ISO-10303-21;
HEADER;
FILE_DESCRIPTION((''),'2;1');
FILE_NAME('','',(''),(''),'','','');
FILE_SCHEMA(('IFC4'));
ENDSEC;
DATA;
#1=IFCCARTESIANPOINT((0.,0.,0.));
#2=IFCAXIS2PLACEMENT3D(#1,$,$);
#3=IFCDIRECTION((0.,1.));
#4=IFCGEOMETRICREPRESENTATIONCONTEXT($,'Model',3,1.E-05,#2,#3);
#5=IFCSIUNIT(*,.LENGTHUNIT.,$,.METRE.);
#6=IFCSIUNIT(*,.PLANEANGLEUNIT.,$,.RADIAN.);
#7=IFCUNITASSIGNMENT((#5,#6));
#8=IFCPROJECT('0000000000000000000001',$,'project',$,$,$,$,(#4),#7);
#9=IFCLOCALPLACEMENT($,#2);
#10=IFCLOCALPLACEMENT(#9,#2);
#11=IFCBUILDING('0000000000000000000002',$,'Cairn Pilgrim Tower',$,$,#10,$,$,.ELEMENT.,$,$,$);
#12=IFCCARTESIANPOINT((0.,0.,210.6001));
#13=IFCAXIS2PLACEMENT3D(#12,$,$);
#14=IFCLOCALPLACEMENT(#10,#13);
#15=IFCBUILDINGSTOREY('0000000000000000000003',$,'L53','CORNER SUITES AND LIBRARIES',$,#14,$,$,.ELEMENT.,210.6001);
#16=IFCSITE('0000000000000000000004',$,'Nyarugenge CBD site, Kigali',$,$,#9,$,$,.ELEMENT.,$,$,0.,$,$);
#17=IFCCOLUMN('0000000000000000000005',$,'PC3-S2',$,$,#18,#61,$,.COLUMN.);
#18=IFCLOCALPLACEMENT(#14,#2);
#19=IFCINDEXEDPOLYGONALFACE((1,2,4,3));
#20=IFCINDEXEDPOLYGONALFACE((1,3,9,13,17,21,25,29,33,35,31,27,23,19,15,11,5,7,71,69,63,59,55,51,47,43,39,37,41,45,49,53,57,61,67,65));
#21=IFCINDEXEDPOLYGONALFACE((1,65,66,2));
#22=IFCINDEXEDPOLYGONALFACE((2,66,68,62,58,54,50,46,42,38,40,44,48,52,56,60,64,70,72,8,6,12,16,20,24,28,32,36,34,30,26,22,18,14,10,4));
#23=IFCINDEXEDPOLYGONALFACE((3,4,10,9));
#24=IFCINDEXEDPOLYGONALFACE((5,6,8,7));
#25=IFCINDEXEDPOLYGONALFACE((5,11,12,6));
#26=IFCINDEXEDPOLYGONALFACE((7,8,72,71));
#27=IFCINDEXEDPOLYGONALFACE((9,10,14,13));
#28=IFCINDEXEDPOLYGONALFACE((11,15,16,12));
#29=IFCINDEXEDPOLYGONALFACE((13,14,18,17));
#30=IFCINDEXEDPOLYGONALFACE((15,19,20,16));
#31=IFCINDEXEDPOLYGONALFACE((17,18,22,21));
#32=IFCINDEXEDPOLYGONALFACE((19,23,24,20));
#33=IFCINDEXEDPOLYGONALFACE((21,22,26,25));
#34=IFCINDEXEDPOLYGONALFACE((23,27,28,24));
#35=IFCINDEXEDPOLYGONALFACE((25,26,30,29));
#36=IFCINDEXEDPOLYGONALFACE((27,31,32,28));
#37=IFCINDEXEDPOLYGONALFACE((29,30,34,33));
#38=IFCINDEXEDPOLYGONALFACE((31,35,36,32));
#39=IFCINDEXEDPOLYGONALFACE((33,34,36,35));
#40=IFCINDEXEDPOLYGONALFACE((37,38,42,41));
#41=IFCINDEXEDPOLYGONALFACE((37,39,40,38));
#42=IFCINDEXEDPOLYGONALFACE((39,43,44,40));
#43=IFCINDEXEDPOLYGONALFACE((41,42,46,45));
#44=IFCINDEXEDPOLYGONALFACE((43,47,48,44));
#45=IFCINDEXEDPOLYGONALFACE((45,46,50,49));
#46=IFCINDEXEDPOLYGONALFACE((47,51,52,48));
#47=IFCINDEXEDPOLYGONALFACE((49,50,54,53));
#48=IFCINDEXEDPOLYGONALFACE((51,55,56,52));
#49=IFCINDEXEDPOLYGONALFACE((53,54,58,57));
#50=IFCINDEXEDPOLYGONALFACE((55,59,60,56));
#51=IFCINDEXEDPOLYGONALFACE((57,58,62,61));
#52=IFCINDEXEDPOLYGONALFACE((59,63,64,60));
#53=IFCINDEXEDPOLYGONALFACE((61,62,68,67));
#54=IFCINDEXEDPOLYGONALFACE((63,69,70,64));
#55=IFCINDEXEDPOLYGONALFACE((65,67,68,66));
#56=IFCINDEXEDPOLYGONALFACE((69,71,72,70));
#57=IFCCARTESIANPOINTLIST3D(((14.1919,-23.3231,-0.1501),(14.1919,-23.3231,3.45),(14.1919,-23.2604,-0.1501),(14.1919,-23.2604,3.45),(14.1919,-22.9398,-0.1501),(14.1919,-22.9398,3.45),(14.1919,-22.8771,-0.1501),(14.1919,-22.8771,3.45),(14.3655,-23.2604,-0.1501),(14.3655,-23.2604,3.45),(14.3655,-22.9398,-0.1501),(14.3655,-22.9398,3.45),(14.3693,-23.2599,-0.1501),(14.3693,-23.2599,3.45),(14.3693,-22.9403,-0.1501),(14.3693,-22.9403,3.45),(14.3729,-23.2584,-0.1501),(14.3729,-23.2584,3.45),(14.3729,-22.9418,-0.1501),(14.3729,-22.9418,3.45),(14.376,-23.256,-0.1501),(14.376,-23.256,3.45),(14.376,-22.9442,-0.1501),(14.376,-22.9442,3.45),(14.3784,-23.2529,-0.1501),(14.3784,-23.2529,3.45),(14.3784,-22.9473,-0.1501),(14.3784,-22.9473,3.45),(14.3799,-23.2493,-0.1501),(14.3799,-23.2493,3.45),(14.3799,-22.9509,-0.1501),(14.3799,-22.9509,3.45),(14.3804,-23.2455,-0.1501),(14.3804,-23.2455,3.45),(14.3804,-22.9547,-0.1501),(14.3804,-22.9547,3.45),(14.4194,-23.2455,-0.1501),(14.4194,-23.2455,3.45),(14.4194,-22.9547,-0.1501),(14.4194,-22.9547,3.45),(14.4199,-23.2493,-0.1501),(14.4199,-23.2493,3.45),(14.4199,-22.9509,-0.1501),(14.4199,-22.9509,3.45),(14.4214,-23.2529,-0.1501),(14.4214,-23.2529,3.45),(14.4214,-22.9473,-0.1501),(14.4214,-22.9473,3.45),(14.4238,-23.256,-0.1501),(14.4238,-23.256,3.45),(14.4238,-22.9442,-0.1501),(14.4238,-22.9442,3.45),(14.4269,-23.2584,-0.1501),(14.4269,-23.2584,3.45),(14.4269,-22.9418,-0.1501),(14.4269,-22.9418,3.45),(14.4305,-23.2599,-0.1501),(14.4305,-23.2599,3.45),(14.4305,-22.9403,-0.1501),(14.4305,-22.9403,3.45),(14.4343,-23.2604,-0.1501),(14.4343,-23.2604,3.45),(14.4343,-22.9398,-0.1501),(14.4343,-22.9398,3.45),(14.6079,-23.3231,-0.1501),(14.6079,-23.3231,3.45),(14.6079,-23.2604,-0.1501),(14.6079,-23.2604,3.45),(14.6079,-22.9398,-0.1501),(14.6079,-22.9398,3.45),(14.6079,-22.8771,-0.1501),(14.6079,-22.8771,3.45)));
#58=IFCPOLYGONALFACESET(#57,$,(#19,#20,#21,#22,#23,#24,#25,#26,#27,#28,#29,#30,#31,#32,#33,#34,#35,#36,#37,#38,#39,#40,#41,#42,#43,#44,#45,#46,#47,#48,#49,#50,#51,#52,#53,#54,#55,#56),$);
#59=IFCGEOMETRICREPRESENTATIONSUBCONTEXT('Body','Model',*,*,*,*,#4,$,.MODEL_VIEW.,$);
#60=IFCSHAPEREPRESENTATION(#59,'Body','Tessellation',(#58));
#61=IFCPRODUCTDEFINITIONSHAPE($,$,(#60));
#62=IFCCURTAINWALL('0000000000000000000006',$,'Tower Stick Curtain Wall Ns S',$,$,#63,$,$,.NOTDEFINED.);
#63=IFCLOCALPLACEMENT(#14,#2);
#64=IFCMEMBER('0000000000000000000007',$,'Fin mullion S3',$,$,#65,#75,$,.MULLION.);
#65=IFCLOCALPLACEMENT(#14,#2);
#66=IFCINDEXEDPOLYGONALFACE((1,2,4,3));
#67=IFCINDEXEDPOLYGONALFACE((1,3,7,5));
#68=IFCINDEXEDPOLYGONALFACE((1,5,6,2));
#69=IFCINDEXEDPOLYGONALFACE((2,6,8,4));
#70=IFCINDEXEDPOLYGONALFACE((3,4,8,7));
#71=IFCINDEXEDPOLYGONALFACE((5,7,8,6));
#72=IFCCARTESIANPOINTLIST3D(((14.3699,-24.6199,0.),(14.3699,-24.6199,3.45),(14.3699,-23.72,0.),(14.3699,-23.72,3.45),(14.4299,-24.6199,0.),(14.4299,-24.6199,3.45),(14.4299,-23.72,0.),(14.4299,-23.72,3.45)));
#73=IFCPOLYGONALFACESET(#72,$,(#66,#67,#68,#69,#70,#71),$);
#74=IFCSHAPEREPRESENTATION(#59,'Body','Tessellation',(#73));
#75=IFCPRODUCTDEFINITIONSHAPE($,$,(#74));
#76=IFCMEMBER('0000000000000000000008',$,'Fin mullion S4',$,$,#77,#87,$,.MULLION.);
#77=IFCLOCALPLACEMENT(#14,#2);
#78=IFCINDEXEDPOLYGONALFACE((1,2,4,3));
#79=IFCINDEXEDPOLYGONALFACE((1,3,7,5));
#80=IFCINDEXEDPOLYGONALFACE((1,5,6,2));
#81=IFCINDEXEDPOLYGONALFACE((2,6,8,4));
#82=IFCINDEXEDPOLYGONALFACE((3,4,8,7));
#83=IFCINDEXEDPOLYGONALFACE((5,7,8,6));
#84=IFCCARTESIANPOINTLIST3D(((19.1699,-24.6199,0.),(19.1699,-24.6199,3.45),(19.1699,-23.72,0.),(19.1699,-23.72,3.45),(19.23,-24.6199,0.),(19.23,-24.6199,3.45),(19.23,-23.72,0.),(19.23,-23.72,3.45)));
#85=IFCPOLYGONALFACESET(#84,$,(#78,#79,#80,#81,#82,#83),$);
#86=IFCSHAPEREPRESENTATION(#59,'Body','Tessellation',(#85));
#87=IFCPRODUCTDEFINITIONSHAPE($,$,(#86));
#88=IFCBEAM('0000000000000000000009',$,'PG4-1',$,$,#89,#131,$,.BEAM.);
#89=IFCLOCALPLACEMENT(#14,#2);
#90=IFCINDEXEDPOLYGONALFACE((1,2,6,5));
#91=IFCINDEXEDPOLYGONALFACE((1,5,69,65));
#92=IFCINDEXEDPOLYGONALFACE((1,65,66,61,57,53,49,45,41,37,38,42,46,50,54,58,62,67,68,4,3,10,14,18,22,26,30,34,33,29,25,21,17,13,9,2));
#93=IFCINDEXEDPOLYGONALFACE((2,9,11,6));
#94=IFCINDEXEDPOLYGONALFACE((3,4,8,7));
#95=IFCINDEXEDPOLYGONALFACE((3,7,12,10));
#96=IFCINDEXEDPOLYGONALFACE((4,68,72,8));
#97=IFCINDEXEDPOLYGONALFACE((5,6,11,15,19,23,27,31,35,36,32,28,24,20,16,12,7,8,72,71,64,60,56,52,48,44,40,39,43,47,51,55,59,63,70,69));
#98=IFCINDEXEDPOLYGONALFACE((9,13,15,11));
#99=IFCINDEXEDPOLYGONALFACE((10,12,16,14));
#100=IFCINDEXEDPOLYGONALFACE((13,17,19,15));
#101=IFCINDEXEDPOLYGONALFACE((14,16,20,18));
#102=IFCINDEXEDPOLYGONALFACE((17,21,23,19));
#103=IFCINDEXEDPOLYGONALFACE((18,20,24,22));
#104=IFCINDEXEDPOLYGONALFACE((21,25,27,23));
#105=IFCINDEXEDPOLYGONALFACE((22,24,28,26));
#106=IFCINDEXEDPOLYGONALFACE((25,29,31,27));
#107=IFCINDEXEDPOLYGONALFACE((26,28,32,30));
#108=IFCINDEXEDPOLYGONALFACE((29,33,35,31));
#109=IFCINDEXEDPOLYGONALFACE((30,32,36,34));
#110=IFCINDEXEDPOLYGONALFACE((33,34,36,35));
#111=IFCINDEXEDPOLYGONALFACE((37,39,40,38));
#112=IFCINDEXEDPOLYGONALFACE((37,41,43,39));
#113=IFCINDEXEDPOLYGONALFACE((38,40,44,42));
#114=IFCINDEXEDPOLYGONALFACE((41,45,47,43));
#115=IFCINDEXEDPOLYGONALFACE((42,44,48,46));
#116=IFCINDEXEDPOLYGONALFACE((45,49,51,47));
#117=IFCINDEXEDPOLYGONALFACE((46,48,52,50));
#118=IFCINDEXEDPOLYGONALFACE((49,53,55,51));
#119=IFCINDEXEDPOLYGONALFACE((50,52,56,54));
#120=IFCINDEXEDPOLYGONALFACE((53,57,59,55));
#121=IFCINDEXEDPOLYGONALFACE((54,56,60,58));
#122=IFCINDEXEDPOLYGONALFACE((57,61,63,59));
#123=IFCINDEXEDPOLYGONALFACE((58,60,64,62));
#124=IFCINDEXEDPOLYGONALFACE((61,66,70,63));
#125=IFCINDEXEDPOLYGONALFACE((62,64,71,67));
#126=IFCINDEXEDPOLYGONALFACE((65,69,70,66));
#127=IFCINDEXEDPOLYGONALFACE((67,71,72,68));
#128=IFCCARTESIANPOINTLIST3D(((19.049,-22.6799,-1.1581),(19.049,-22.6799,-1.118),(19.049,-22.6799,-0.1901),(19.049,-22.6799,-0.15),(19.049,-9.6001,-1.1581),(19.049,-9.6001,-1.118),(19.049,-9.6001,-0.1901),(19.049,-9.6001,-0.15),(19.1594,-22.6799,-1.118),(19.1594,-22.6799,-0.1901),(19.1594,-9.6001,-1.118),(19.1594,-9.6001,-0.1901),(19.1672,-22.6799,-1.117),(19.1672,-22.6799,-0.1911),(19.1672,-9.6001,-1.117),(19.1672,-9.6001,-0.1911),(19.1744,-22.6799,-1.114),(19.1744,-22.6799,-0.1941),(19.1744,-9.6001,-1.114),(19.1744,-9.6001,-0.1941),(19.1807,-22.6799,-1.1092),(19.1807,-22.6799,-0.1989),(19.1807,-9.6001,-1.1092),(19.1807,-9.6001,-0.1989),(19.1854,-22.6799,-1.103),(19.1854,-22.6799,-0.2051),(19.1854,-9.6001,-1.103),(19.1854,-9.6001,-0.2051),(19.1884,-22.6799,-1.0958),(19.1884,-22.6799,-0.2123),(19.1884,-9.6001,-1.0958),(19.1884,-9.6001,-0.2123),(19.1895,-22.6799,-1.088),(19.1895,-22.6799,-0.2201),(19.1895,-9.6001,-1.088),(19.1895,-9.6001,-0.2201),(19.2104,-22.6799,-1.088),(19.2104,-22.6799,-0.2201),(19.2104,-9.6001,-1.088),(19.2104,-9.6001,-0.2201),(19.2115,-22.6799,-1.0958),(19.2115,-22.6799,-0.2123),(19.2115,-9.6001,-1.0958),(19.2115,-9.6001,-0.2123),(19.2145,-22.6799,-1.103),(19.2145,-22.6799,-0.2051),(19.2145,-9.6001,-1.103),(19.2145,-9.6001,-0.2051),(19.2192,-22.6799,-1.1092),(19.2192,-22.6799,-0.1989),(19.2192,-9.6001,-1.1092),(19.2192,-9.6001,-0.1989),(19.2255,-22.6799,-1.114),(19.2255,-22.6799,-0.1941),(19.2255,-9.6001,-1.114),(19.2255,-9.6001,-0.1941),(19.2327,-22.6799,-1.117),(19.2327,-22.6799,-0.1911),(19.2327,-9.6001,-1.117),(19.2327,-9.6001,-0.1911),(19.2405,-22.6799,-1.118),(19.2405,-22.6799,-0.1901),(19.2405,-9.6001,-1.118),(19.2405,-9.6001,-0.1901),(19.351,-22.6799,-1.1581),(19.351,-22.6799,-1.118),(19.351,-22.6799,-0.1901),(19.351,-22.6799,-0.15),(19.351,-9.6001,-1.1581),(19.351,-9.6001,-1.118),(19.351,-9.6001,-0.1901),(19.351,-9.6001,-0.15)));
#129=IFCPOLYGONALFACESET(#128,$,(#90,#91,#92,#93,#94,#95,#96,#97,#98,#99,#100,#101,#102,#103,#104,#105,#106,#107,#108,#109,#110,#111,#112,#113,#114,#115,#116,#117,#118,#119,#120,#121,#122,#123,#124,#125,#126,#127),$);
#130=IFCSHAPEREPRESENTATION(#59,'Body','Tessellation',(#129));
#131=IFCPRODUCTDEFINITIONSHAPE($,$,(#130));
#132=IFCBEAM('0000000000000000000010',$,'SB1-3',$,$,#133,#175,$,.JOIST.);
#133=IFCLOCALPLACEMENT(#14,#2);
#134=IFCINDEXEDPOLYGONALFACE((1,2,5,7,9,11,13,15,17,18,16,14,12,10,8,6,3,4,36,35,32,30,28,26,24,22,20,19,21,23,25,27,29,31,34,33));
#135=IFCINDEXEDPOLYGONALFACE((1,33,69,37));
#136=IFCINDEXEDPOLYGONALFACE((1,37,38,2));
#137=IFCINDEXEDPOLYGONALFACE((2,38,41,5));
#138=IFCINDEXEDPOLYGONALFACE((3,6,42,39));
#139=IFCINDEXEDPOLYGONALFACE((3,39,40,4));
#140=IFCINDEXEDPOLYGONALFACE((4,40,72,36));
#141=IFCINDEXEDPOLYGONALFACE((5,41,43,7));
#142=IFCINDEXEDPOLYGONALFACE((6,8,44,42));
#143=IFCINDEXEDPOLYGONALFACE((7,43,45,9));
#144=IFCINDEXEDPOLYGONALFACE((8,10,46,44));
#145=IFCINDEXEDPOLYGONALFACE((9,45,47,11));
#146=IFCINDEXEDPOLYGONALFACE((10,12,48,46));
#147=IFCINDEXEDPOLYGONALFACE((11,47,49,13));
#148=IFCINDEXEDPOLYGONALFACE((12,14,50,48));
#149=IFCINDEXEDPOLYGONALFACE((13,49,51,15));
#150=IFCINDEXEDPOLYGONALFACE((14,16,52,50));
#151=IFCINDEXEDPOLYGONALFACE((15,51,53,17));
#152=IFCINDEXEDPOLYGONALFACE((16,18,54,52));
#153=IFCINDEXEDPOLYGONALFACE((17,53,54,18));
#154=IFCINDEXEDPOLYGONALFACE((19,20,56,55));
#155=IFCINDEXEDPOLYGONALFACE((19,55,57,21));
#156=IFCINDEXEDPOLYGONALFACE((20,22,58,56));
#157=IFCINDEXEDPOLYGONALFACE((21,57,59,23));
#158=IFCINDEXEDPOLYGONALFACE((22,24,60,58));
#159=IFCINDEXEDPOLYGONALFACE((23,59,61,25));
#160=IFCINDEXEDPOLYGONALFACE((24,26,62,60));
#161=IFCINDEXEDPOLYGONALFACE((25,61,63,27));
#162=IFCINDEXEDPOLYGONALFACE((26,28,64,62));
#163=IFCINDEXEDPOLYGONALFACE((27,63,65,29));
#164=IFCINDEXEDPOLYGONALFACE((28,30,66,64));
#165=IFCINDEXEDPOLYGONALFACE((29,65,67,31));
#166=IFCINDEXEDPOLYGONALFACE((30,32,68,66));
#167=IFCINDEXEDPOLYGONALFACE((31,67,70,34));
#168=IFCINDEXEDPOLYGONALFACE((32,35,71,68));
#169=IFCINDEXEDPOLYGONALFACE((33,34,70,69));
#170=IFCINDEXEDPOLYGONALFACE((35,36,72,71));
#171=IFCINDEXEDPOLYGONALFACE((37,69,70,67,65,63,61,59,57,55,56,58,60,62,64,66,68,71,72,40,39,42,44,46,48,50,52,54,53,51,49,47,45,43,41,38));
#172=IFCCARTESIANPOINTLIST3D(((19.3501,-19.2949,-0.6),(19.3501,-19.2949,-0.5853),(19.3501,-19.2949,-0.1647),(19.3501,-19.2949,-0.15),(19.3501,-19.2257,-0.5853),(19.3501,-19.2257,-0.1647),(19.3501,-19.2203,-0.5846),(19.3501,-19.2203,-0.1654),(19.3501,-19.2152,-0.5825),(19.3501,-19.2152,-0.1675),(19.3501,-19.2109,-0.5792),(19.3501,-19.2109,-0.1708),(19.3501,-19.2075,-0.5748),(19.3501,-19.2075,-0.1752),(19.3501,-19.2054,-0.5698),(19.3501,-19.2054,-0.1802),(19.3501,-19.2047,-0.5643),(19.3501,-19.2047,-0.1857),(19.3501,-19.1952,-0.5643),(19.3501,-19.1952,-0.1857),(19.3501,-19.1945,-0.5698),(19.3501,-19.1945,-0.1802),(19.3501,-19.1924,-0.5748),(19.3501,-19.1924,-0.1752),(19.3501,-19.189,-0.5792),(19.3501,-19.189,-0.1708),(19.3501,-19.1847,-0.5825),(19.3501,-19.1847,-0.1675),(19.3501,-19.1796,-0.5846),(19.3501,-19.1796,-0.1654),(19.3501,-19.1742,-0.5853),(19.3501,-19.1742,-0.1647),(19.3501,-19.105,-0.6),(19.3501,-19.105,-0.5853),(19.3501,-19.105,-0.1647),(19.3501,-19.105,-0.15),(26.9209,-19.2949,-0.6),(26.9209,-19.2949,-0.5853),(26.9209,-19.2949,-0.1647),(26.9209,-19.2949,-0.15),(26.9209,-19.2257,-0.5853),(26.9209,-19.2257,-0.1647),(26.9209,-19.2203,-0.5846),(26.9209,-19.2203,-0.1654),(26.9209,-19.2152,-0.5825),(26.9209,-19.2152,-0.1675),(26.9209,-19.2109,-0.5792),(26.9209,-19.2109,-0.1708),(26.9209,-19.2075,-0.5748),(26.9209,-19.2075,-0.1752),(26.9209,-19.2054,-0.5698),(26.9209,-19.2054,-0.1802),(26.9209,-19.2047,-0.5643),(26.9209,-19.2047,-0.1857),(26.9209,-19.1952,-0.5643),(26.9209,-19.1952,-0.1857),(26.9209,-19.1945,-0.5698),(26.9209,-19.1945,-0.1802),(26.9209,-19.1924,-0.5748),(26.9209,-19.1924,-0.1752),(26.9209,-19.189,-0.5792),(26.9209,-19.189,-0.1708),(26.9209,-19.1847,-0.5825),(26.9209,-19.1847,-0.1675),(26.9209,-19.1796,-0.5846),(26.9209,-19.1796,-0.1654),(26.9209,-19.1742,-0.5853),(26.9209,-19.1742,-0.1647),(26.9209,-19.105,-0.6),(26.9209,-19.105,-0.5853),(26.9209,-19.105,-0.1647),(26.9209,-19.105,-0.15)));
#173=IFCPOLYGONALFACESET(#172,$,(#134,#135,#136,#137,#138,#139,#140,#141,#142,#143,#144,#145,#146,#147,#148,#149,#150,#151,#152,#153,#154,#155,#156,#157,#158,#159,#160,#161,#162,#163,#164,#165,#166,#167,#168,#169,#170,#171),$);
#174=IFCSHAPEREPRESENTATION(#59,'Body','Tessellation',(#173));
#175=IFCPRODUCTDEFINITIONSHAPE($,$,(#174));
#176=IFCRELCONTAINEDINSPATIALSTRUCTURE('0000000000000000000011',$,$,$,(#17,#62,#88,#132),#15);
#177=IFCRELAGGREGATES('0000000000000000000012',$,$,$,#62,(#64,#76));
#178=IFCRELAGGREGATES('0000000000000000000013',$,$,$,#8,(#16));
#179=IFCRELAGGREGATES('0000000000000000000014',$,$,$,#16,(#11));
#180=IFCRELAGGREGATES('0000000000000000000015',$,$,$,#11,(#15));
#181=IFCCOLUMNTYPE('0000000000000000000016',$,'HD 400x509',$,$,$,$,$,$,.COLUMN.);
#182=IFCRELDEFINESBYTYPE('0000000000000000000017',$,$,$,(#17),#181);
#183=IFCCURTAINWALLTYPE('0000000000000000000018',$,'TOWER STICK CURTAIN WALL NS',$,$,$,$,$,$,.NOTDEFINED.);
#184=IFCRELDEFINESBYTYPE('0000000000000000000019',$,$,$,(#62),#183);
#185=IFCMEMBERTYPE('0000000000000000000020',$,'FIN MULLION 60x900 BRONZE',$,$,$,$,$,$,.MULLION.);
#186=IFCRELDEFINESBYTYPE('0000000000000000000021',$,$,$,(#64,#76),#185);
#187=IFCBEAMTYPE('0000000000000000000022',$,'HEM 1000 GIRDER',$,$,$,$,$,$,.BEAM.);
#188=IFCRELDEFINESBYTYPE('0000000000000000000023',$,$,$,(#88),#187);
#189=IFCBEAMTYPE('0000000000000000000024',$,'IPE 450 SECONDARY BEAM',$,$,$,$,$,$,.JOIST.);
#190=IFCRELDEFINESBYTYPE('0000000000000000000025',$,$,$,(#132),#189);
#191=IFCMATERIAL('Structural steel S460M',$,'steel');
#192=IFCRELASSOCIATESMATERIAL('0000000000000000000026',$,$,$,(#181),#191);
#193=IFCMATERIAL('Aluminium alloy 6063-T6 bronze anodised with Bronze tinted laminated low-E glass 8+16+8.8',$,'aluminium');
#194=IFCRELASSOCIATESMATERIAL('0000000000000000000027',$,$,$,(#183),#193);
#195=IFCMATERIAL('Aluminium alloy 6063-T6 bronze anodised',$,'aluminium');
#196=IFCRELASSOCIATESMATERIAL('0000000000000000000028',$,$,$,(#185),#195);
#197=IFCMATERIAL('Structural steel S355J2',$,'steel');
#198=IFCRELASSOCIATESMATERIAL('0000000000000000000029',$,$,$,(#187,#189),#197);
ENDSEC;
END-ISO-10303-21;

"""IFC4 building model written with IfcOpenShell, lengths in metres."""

from ifc_helpers import new_model, si_unit, direction, frame, origin, origin_2d, place, context, subcontext, project, spatial, rectangle, i_section, extrude, material, material_profile, profile_set, type_object, element, aggregate, save


model = new_model("IFC4")

# Units and contexts
model_context = context("Model", 3, precision=1e-05, world=origin(), true_north=direction((0.0, 1.0)))
body_context = subcontext(model_context, "Body", "Model", "MODEL_VIEW")
ifc_project = project(units=[si_unit("LENGTHUNIT", "METRE"), si_unit("PLANEANGLEUNIT", "RADIAN")], contexts=[model_context])

# Site, building, storey
site_placement = place(None, origin())
site = spatial("IfcSite", under=ifc_project, at=site_placement, Name="Nyarugenge CBD site, Kigali", CompositionType="ELEMENT", RefElevation=0.0)
building_placement = place(site_placement, origin())
building = spatial("IfcBuilding", under=site, at=building_placement, Name="Cairn Pilgrim Tower", CompositionType="ELEMENT")
storey_placement = place(building_placement, frame((0.0, 0.0, 210.6001)))
storey = spatial("IfcBuildingStorey", under=building, at=storey_placement, Name="L53", Description="CORNER SUITES AND LIBRARIES", CompositionType="ELEMENT", Elevation=210.6001)

# Column
ifc_material_1 = material(Name="Structural steel S460M", Category="steel")
ifc_material_profile_1 = material_profile(ifc_material_1, i_section(OverallWidth=0.416, OverallDepth=0.446, WebThickness=0.0391, FlangeThickness=0.0627, FilletRadius=0.0149, at=origin_2d()), Name="HD 400x509")
ifc_profile_set_1 = profile_set([ifc_material_profile_1], Name="Structural steel S460M")
column_type = type_object("IfcColumnType", Name="HD 400x509", PredefinedType="COLUMN", material=ifc_profile_set_1)
column_placement = place(storey_placement, frame((14.3999, -23.1001, -0.1501), z_axis=(0.0, 0.0, 1.0), x_axis=(1.0, 0.0, 0.0)))
element("IfcColumn", 1, at=column_placement, inside=storey, type_object=column_type, Name="PC3-S2", PredefinedType="COLUMN", context=body_context, shape_type="SweptSolid", body=[
    extrude(i_section(OverallWidth=0.416, OverallDepth=0.446, WebThickness=0.0391, FlangeThickness=0.0627, FilletRadius=0.0149, at=origin_2d()), origin(), (0.0, 0.0, 1.0), 3.6001),
])

# Curtain wall, members
ifc_material_2 = material(Name="Aluminium alloy 6063-T6 bronze anodised with Bronze tinted laminated low-E glass 8+16+8.8", Category="aluminium")
curtain_wall_type = type_object("IfcCurtainWallType", Name="TOWER STICK CURTAIN WALL NS", PredefinedType="NOTDEFINED", material=ifc_material_2)
curtain_wall_placement = place(storey_placement, origin())
curtain_wall = element("IfcCurtainWall", 2, at=curtain_wall_placement, inside=storey, type_object=curtain_wall_type, Name="Tower Stick Curtain Wall Ns S", PredefinedType="NOTDEFINED")
ifc_material_3 = material(Name="Aluminium alloy 6063-T6 bronze anodised", Category="aluminium")
ifc_material_profile_2 = material_profile(ifc_material_3, rectangle(XDim=0.8999, YDim=0.0601, at=origin_2d()), Name="FIN MULLION 60x900 BRONZE")
ifc_profile_set_2 = profile_set([ifc_material_profile_2], Name="Aluminium alloy 6063-T6 bronze anodised")
member_type_1 = type_object("IfcMemberType", Name="FIN MULLION 60x900 BRONZE", PredefinedType="MULLION", material=ifc_profile_set_2)
member_1_placement = place(storey_placement, frame((14.3999, -24.1699, 0.0), z_axis=(0.0, 0.0, 1.0), x_axis=(0.0, -1.0, 0.0)))
member_1 = element("IfcMember", 3, at=member_1_placement, type_object=member_type_1, Name="Fin mullion S3", PredefinedType="MULLION", context=body_context, shape_type="SweptSolid", body=[
    extrude(rectangle(XDim=0.8999, YDim=0.0601, at=origin_2d()), origin(), (0.0, 0.0, 1.0), 3.45),
])
member_2_placement = place(storey_placement, frame((19.2, -24.1699, 0.0), z_axis=(0.0, 0.0, 1.0), x_axis=(0.0, -1.0, 0.0)))
member_2 = element("IfcMember", 4, at=member_2_placement, type_object=member_type_1, Name="Fin mullion S4", PredefinedType="MULLION", context=body_context, shape_type="SweptSolid", body=[
    extrude(rectangle(XDim=0.8999, YDim=0.0601, at=origin_2d()), origin(), (0.0, 0.0, 1.0), 3.45),
])

# Beams
ifc_material_4 = material(Name="Structural steel S355J2", Category="steel")
ifc_material_profile_3 = material_profile(ifc_material_4, i_section(OverallWidth=0.302, OverallDepth=1.0081, WebThickness=0.021, FlangeThickness=0.04, FilletRadius=0.03, at=origin_2d()), Name="HEM 1000")
ifc_profile_set_3 = profile_set([ifc_material_profile_3], Name="Structural steel S355J2")
beam_type_1 = type_object("IfcBeamType", Name="HEM 1000 GIRDER", PredefinedType="BEAM", material=ifc_profile_set_3)
beam_1_placement = place(storey_placement, frame((19.2, -22.6799, -0.6541), z_axis=(0.0, 1.0, 0.0), x_axis=(-1.0, 0.0, 0.0)))
element("IfcBeam", 5, at=beam_1_placement, inside=storey, type_object=beam_type_1, Name="PG4-1", PredefinedType="BEAM", context=body_context, shape_type="SweptSolid", body=[
    extrude(i_section(OverallWidth=0.302, OverallDepth=1.0081, WebThickness=0.021, FlangeThickness=0.04, FilletRadius=0.03, at=origin_2d()), origin(), (0.0, 0.0, 1.0), 13.0798),
])
ifc_material_profile_4 = material_profile(ifc_material_4, i_section(OverallWidth=0.1899, OverallDepth=0.45, WebThickness=0.0095, FlangeThickness=0.0146, FilletRadius=0.021, at=origin_2d()), Name="IPE 450")
ifc_profile_set_4 = profile_set([ifc_material_profile_4], Name="Structural steel S355J2")
beam_type_2 = type_object("IfcBeamType", Name="IPE 450 SECONDARY BEAM", PredefinedType="JOIST", material=ifc_profile_set_4)
beam_2_placement = place(storey_placement, frame((19.3501, -19.2, -0.375), z_axis=(1.0, 0.0, 0.0), x_axis=(0.0, 1.0, 0.0)))
element("IfcBeam", 6, at=beam_2_placement, inside=storey, type_object=beam_type_2, Name="SB1-3", PredefinedType="JOIST", context=body_context, shape_type="SweptSolid", body=[
    extrude(i_section(OverallWidth=0.1899, OverallDepth=0.45, WebThickness=0.0095, FlangeThickness=0.0146, FilletRadius=0.021, at=origin_2d()), origin(), (0.0, 0.0, 1.0), 7.5708),
])

aggregate(curtain_wall, [member_1, member_2])

save(model, "model.ifc")
